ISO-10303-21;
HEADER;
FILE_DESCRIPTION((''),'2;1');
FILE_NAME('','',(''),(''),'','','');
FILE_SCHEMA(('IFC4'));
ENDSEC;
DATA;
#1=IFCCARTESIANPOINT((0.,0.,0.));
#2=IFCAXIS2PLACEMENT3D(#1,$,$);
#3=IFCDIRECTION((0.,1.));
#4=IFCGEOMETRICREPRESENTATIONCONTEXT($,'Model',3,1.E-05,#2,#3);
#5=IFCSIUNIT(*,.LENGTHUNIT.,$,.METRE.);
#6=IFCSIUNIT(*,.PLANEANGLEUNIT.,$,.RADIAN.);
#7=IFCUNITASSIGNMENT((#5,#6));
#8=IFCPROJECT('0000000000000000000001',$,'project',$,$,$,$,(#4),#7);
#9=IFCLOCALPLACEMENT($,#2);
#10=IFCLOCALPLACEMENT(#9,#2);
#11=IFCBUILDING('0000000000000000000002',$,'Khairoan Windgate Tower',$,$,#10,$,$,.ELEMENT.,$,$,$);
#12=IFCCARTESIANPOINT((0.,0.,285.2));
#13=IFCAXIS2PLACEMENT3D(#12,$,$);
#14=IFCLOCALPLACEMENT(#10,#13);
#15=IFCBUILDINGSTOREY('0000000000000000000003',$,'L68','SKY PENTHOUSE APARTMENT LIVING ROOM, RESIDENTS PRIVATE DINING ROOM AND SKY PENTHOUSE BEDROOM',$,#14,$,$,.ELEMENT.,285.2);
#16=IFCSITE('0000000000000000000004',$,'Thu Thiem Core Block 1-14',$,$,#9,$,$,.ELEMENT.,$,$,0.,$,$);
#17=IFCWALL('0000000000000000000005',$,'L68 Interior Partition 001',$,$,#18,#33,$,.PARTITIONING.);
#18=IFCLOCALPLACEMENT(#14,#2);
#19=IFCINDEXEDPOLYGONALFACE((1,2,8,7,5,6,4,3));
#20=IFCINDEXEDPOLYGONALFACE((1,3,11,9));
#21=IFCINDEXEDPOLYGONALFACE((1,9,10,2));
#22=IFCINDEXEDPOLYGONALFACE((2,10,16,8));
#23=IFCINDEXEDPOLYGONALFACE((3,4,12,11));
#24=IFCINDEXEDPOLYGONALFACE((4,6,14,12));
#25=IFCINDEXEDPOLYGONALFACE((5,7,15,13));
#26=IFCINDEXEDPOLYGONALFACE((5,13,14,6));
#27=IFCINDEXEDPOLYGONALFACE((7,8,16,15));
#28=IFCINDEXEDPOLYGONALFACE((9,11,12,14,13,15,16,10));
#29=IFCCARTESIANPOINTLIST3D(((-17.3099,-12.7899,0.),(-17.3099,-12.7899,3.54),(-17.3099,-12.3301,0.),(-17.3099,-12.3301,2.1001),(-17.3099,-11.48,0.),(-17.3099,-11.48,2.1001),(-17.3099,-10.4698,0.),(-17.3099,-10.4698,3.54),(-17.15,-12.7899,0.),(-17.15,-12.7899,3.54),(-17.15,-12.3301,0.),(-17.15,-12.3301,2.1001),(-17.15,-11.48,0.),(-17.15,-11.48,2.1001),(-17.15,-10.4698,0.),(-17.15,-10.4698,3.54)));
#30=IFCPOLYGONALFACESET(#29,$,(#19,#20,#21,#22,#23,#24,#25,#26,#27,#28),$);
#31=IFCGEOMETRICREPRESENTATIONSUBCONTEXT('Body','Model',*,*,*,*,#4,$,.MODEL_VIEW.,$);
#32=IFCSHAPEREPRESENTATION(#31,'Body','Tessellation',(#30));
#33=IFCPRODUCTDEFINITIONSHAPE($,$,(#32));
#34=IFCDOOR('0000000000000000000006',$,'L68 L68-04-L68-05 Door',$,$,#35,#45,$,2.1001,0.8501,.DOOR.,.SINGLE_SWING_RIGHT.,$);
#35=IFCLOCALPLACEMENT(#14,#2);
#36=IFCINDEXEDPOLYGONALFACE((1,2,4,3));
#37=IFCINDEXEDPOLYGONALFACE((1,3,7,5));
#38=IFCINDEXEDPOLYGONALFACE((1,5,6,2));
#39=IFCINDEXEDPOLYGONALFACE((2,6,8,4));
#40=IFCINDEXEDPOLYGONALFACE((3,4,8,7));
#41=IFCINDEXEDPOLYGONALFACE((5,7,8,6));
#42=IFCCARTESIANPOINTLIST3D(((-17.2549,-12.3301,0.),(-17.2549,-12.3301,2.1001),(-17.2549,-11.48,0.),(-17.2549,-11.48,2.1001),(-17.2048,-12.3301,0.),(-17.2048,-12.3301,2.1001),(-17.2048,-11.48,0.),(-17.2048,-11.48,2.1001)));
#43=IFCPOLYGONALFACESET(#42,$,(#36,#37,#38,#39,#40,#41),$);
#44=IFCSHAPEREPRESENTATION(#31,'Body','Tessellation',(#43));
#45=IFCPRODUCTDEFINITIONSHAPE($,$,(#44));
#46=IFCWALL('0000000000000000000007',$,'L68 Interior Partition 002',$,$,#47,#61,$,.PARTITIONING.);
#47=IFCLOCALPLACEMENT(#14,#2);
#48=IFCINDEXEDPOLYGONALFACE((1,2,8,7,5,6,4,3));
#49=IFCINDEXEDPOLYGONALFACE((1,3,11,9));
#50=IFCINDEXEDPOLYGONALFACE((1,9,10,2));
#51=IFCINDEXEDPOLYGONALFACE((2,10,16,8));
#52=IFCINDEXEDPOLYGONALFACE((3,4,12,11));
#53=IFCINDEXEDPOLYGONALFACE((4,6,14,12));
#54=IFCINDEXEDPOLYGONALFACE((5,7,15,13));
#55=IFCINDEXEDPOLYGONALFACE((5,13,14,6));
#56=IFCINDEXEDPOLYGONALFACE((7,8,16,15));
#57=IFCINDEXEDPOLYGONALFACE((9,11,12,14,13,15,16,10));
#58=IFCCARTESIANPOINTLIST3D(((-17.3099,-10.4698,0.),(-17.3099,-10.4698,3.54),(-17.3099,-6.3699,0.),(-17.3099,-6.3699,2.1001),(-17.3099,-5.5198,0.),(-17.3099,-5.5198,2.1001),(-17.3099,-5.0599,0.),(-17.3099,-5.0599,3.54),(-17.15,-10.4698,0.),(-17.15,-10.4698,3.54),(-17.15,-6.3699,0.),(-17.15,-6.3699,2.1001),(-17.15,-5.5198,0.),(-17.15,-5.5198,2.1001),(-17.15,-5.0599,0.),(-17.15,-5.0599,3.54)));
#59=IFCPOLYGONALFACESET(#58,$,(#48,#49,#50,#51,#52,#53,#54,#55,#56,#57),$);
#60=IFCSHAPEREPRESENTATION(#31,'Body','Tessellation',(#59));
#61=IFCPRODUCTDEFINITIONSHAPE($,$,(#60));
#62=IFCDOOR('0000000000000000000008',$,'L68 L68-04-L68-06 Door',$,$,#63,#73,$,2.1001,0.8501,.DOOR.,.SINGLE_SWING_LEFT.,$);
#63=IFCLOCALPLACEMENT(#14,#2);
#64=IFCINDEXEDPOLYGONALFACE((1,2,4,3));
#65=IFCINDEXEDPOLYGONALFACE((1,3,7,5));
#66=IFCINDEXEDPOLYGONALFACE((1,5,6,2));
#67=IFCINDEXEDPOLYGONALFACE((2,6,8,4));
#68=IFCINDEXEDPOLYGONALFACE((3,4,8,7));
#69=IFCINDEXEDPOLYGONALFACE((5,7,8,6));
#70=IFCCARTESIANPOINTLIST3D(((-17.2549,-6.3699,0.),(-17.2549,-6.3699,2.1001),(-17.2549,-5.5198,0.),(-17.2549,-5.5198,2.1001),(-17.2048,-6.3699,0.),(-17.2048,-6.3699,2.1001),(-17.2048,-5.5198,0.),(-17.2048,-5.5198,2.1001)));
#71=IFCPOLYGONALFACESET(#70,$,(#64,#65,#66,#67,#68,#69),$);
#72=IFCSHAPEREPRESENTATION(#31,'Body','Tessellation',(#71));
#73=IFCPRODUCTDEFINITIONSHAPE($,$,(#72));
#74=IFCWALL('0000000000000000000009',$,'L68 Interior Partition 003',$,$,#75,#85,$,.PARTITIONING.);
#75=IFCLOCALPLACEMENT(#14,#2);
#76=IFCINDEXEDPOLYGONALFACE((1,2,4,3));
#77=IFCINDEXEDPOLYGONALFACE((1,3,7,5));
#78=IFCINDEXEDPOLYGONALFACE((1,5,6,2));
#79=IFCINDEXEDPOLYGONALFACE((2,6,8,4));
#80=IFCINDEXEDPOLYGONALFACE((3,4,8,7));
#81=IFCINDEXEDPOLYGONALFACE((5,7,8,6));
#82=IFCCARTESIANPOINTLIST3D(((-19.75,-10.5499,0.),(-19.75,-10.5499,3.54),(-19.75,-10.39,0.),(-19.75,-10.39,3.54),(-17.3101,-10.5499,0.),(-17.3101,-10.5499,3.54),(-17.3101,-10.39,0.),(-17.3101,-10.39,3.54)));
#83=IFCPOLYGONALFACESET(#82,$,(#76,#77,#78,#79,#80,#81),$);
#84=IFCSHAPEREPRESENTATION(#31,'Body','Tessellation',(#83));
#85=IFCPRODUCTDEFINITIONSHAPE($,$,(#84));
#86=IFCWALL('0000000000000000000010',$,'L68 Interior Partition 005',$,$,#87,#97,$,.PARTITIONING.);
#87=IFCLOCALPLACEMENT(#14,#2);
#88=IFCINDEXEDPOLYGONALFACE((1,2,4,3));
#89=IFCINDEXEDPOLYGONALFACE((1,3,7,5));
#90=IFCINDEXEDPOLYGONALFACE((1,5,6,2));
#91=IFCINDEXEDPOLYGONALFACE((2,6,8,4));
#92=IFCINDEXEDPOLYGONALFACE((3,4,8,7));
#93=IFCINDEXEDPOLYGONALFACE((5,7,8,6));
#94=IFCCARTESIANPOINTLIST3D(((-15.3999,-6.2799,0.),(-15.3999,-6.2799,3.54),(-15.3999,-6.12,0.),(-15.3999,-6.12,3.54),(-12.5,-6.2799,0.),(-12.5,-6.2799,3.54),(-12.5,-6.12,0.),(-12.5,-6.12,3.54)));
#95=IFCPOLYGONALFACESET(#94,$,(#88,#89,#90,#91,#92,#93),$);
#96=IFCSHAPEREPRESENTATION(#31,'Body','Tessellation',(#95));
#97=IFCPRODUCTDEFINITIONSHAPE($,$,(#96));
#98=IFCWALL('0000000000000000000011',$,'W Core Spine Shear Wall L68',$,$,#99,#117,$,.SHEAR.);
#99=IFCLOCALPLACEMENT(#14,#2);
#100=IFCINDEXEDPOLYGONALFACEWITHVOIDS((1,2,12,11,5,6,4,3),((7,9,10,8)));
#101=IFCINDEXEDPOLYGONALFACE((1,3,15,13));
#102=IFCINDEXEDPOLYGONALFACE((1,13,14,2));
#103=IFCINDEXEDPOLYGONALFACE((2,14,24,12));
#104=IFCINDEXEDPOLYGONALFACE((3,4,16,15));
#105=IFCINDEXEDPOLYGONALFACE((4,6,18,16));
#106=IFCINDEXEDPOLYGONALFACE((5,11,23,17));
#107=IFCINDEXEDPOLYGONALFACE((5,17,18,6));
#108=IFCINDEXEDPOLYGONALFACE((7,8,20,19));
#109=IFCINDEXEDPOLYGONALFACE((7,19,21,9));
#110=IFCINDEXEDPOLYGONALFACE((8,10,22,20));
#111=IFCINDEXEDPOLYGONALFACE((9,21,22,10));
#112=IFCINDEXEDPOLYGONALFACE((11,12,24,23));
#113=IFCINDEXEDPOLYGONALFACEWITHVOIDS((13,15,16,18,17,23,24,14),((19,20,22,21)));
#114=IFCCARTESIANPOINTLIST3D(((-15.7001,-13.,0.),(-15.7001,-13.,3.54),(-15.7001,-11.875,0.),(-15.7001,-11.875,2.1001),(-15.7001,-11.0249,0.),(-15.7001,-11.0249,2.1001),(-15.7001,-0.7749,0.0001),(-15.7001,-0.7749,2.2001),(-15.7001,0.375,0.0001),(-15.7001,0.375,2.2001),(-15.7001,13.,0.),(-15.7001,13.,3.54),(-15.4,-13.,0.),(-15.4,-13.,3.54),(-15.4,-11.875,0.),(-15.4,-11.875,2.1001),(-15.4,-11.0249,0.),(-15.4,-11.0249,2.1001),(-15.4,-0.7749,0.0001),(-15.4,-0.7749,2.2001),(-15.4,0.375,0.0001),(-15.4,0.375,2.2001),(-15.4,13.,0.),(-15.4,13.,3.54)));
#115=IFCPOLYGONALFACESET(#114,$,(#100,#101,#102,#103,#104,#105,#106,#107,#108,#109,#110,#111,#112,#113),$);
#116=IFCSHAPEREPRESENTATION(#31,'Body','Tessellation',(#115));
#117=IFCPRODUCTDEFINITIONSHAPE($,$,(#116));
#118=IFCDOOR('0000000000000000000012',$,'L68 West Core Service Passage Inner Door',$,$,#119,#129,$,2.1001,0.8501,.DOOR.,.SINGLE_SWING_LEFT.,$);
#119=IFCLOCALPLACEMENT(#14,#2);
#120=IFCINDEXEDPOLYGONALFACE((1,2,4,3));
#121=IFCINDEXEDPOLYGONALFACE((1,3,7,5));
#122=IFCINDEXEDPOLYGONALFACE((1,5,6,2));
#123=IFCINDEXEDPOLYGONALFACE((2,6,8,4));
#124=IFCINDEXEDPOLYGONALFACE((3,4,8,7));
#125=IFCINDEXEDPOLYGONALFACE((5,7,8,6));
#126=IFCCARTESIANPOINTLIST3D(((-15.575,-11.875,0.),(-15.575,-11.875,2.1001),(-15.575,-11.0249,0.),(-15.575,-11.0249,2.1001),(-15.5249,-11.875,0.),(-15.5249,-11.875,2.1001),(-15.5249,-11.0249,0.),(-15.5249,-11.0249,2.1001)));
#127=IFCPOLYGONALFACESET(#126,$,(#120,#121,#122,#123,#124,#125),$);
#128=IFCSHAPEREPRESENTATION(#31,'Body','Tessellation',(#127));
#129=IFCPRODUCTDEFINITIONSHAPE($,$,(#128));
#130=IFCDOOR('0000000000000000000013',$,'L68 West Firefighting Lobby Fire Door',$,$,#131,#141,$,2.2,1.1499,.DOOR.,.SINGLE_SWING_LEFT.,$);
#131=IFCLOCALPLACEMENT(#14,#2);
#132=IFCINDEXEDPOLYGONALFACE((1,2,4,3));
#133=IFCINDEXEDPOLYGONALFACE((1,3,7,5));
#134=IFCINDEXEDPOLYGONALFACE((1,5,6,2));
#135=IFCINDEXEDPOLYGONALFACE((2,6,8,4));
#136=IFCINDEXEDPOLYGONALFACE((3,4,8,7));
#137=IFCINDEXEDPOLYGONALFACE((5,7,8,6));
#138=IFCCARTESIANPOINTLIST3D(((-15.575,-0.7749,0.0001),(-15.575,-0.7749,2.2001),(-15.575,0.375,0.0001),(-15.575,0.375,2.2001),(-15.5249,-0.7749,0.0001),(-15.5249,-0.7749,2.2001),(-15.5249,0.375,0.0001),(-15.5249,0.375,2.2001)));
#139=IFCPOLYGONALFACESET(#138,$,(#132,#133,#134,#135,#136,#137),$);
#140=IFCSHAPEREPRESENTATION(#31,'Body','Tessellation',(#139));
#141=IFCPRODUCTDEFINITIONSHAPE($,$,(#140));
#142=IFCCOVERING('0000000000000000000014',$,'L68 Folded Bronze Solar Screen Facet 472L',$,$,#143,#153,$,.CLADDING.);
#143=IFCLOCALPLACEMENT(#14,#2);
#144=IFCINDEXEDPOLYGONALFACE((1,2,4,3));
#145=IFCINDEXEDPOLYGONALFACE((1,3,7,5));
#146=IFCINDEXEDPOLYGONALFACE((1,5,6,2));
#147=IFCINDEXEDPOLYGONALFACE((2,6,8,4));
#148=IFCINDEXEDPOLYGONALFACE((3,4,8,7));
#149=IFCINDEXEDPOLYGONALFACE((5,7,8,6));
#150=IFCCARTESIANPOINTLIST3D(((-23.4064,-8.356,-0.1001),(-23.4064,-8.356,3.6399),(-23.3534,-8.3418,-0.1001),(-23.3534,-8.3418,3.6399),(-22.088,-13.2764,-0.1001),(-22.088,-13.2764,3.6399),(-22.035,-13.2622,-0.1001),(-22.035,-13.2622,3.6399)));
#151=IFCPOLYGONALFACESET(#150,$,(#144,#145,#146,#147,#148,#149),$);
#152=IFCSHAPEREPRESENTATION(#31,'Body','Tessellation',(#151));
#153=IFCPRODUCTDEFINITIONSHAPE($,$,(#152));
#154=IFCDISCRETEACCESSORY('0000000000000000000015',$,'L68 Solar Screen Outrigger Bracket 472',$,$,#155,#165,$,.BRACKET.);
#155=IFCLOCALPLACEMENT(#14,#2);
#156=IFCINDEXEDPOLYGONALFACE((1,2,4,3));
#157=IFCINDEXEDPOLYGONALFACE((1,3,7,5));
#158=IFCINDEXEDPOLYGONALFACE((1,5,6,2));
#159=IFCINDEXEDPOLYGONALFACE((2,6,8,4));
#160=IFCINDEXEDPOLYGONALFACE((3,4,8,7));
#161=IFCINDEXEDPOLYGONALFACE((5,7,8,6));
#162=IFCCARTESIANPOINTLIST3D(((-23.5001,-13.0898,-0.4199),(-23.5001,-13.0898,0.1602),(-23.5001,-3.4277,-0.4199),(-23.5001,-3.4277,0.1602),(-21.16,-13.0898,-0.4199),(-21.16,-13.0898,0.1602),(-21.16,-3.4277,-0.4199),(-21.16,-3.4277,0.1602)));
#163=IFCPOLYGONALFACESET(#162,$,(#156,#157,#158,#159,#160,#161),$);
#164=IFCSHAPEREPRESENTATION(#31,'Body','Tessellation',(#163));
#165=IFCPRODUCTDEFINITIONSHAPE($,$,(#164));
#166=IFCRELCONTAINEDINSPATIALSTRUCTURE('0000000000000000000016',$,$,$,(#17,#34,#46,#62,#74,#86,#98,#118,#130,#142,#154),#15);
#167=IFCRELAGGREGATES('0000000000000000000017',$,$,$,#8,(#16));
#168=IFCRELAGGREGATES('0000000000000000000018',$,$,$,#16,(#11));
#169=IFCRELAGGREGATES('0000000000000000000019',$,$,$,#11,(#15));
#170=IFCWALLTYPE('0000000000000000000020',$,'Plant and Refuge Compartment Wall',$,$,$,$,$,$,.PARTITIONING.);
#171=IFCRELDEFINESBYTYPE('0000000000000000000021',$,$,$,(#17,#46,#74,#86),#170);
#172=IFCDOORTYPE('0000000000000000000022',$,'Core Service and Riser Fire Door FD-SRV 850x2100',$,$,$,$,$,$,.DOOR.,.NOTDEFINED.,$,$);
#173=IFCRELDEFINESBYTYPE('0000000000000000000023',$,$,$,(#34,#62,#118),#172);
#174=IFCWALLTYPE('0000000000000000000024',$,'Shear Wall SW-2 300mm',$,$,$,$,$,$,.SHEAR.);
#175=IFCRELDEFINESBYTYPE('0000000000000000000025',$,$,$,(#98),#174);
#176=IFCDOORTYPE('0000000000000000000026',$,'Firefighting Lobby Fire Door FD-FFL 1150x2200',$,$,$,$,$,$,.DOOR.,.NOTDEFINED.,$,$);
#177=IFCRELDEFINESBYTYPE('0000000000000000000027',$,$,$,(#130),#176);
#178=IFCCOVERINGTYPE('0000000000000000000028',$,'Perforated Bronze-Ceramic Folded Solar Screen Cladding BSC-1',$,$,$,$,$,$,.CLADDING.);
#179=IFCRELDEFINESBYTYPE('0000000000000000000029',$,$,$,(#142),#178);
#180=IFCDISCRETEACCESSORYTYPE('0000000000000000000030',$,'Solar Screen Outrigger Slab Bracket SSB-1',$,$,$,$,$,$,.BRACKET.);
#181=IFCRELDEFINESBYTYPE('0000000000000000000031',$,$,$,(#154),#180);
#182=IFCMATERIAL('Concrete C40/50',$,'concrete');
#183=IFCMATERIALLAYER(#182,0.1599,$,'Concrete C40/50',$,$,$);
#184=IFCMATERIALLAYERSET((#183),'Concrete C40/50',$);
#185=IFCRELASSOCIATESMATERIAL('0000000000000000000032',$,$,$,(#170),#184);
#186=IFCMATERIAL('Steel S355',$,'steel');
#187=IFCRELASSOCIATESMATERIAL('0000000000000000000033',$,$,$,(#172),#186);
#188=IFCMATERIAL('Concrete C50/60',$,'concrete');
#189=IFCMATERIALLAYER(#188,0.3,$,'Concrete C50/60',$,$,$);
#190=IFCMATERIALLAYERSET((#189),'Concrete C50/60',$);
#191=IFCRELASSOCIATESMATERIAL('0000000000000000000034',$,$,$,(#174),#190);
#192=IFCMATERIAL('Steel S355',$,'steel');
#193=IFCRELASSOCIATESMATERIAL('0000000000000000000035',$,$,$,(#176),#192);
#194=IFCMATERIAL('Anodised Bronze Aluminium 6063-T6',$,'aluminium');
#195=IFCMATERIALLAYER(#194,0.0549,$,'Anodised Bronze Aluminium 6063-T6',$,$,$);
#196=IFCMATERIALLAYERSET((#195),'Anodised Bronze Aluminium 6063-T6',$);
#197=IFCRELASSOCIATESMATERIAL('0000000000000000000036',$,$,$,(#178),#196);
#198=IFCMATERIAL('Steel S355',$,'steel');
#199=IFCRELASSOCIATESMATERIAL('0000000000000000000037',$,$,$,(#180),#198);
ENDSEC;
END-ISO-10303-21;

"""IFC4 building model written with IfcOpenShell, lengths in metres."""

from ifc_helpers import new_model, si_unit, direction, frame, frame_2d, origin, origin_2d, place, context, subcontext, project, spatial, rectangle, extrude, material, layer, layer_set, type_object, element, fill, save


model = new_model("IFC4")

# Units and contexts
model_context = context("Model", 3, precision=1e-05, world=origin(), true_north=direction((0.0, 1.0)))
body_context = subcontext(model_context, "Body", "Model", "MODEL_VIEW")
ifc_project = project(units=[si_unit("LENGTHUNIT", "METRE"), si_unit("PLANEANGLEUNIT", "RADIAN")], contexts=[model_context])

# Site, building, storey
site_placement = place(None, origin())
site = spatial("IfcSite", under=ifc_project, at=site_placement, Name="Thu Thiem Core Block 1-14", CompositionType="ELEMENT", RefElevation=0.0)
building_placement = place(site_placement, origin())
building = spatial("IfcBuilding", under=site, at=building_placement, Name="Khairoan Windgate Tower", CompositionType="ELEMENT")
storey_placement = place(building_placement, frame((0.0, 0.0, 285.2)))
storey = spatial("IfcBuildingStorey", under=building, at=storey_placement, Name="L68", Description="SKY PENTHOUSE APARTMENT LIVING ROOM, RESIDENTS PRIVATE DINING ROOM AND SKY PENTHOUSE BEDROOM", CompositionType="ELEMENT", Elevation=285.2)

# Walls, openings, doors
ifc_material_1 = material(Name="Concrete C40/50", Category="concrete")
ifc_layer_1 = layer(ifc_material_1, 0.1599, Name="Concrete C40/50")
ifc_layer_set_1 = layer_set([ifc_layer_1], Name="Concrete C40/50")
wall_type_1 = type_object("IfcWallType", Name="Plant and Refuge Compartment Wall", PredefinedType="PARTITIONING", material=ifc_layer_set_1)
wall_1_placement = place(storey_placement, frame((-17.23, -12.79, 0.0), z_axis=(0.0, 0.0, 1.0), x_axis=(0.0, 1.0, 0.0)))
wall_1 = element("IfcWall", 1, at=wall_1_placement, inside=storey, type_object=wall_type_1, Name="L68 Interior Partition 001", PredefinedType="PARTITIONING", context=body_context, shape_type="SweptSolid", body=[
    extrude(rectangle(XDim=2.3201, YDim=0.1599, at=frame_2d((1.1602, 0.0))), origin(), (0.0, 0.0, 1.0), 3.54),
])
opening_1_placement = place(wall_1_placement, frame((0.46, 0.0, 0.0)))
opening_1 = element("IfcOpeningElement", 2, at=opening_1_placement, cuts=wall_1, PredefinedType="OPENING", context=body_context, shape_type="SweptSolid", body=[
    extrude(rectangle(XDim=0.8501, YDim=2.1001, at=frame_2d((0.425, 1.05))), frame((0.0, 0.0898, 0.0), z_axis=(0.0, -1.0, 0.0), x_axis=(1.0, 0.0, 0.0)), (0.0, 0.0, 1.0), 0.1799),
])
ifc_material_2 = material(Name="Steel S355", Category="steel")
door_type_1 = type_object("IfcDoorType", Name="Core Service and Riser Fire Door FD-SRV 850x2100", OperationType="NOTDEFINED", PredefinedType="DOOR", material=ifc_material_2)
door_1_placement = place(opening_1_placement, origin())
door_1 = element("IfcDoor", 3, at=door_1_placement, inside=storey, type_object=door_type_1, Name="L68 L68-04-L68-05 Door", OperationType="SINGLE_SWING_RIGHT", OverallHeight=2.1001, OverallWidth=0.8501, PredefinedType="DOOR", context=body_context, shape_type="SweptSolid", body=[
    extrude(rectangle(XDim=0.8501, YDim=2.1001, at=frame_2d((0.425, 1.05))), frame((0.0, 0.0249, 0.0), z_axis=(0.0, -1.0, 0.0), x_axis=(1.0, 0.0, 0.0)), (0.0, 0.0, 1.0), 0.05),
])
fill(opening_1, door_1)
wall_2_placement = place(storey_placement, frame((-17.23, -10.47, 0.0), z_axis=(0.0, 0.0, 1.0), x_axis=(0.0, 1.0, 0.0)))
wall_2 = element("IfcWall", 4, at=wall_2_placement, inside=storey, type_object=wall_type_1, Name="L68 Interior Partition 002", PredefinedType="PARTITIONING", context=body_context, shape_type="SweptSolid", body=[
    extrude(rectangle(XDim=5.4099, YDim=0.1599, at=frame_2d((2.7051, 0.0))), origin(), (0.0, 0.0, 1.0), 3.54),
])
opening_2_placement = place(wall_2_placement, frame((4.1001, 0.0, 0.0)))
opening_2 = element("IfcOpeningElement", 5, at=opening_2_placement, cuts=wall_2, PredefinedType="OPENING", context=body_context, shape_type="SweptSolid", body=[
    extrude(rectangle(XDim=0.8501, YDim=2.1001, at=frame_2d((0.425, 1.05))), frame((0.0, 0.0898, 0.0), z_axis=(0.0, -1.0, 0.0), x_axis=(1.0, 0.0, 0.0)), (0.0, 0.0, 1.0), 0.1799),
])
door_2_placement = place(opening_2_placement, origin())
door_2 = element("IfcDoor", 6, at=door_2_placement, inside=storey, type_object=door_type_1, Name="L68 L68-04-L68-06 Door", OperationType="SINGLE_SWING_LEFT", OverallHeight=2.1001, OverallWidth=0.8501, PredefinedType="DOOR", context=body_context, shape_type="SweptSolid", body=[
    extrude(rectangle(XDim=0.8501, YDim=2.1001, at=frame_2d((0.425, 1.05))), frame((0.0, 0.0249, 0.0), z_axis=(0.0, -1.0, 0.0), x_axis=(1.0, 0.0, 0.0)), (0.0, 0.0, 1.0), 0.05),
])
fill(opening_2, door_2)

# Walls
wall_3_placement = place(storey_placement, frame((-19.75, -10.47, 0.0), z_axis=(0.0, 0.0, 1.0), x_axis=(1.0, 0.0, 0.0)))
element("IfcWall", 7, at=wall_3_placement, inside=storey, type_object=wall_type_1, Name="L68 Interior Partition 003", PredefinedType="PARTITIONING", context=body_context, shape_type="SweptSolid", body=[
    extrude(rectangle(XDim=2.4399, YDim=0.1599, at=frame_2d((1.22, 0.0))), origin(), (0.0, 0.0, 1.0), 3.54),
])
wall_4_placement = place(storey_placement, frame((-15.3999, -6.2, 0.0), z_axis=(0.0, 0.0, 1.0), x_axis=(1.0, 0.0, 0.0)))
element("IfcWall", 8, at=wall_4_placement, inside=storey, type_object=wall_type_1, Name="L68 Interior Partition 005", PredefinedType="PARTITIONING", context=body_context, shape_type="SweptSolid", body=[
    extrude(rectangle(XDim=2.8999, YDim=0.1599, at=frame_2d((1.45, 0.0))), origin(), (0.0, 0.0, 1.0), 3.54),
])

# Wall, openings, doors
ifc_material_3 = material(Name="Concrete C50/60", Category="concrete")
ifc_layer_2 = layer(ifc_material_3, 0.3, Name="Concrete C50/60")
ifc_layer_set_2 = layer_set([ifc_layer_2], Name="Concrete C50/60")
wall_type_2 = type_object("IfcWallType", Name="Shear Wall SW-2 300mm", PredefinedType="SHEAR", material=ifc_layer_set_2)
wall_5_placement = place(storey_placement, frame((-15.55, -13.0, 0.0), z_axis=(0.0, 0.0, 1.0), x_axis=(0.0, 1.0, 0.0)))
wall_5 = element("IfcWall", 9, at=wall_5_placement, inside=storey, type_object=wall_type_2, Name="W Core Spine Shear Wall L68", PredefinedType="SHEAR", context=body_context, shape_type="SweptSolid", body=[
    extrude(rectangle(XDim=26.0, YDim=0.3, at=frame_2d((13.0, 0.0))), origin(), (0.0, 0.0, 1.0), 3.54),
])
opening_3_placement = place(wall_5_placement, frame((12.2251, 0.0, 0.0)))
opening_3 = element("IfcOpeningElement", 10, at=opening_3_placement, cuts=wall_5, PredefinedType="OPENING", context=body_context, shape_type="SweptSolid", body=[
    extrude(rectangle(XDim=1.1499, YDim=2.2, at=frame_2d((0.575, 1.1001))), frame((0.0, 0.1599, 0.0), z_axis=(0.0, -1.0, 0.0), x_axis=(1.0, 0.0, 0.0)), (0.0, 0.0, 1.0), 0.3201),
])
opening_4_placement = place(wall_5_placement, frame((1.125, 0.0, 0.0)))
opening_4 = element("IfcOpeningElement", 11, at=opening_4_placement, cuts=wall_5, PredefinedType="OPENING", context=body_context, shape_type="SweptSolid", body=[
    extrude(rectangle(XDim=0.8501, YDim=2.1001, at=frame_2d((0.425, 1.05))), frame((0.0, 0.1599, 0.0), z_axis=(0.0, -1.0, 0.0), x_axis=(1.0, 0.0, 0.0)), (0.0, 0.0, 1.0), 0.3201),
])
door_3_placement = place(opening_4_placement, origin())
door_3 = element("IfcDoor", 12, at=door_3_placement, inside=storey, type_object=door_type_1, Name="L68 West Core Service Passage Inner Door", OperationType="SINGLE_SWING_LEFT", OverallHeight=2.1001, OverallWidth=0.8501, PredefinedType="DOOR", context=body_context, shape_type="SweptSolid", body=[
    extrude(rectangle(XDim=0.8501, YDim=2.1001, at=frame_2d((0.425, 1.05))), frame((0.0, 0.0249, 0.0), z_axis=(0.0, -1.0, 0.0), x_axis=(1.0, 0.0, 0.0)), (0.0, 0.0, 1.0), 0.05),
])
fill(opening_4, door_3)
ifc_material_4 = material(Name="Steel S355", Category="steel")
door_type_2 = type_object("IfcDoorType", Name="Firefighting Lobby Fire Door FD-FFL 1150x2200", OperationType="NOTDEFINED", PredefinedType="DOOR", material=ifc_material_4)
door_4_placement = place(opening_3_placement, origin())
door_4 = element("IfcDoor", 13, at=door_4_placement, inside=storey, type_object=door_type_2, Name="L68 West Firefighting Lobby Fire Door", OperationType="SINGLE_SWING_LEFT", OverallHeight=2.2, OverallWidth=1.1499, PredefinedType="DOOR", context=body_context, shape_type="SweptSolid", body=[
    extrude(rectangle(XDim=1.1499, YDim=2.2, at=frame_2d((0.575, 1.1001))), frame((0.0, 0.0249, 0.0), z_axis=(0.0, -1.0, 0.0), x_axis=(1.0, 0.0, 0.0)), (0.0, 0.0, 1.0), 0.05),
])
fill(opening_3, door_4)

# Covering
ifc_material_5 = material(Name="Anodised Bronze Aluminium 6063-T6", Category="aluminium")
ifc_layer_3 = layer(ifc_material_5, 0.0549, Name="Anodised Bronze Aluminium 6063-T6")
ifc_layer_set_3 = layer_set([ifc_layer_3], Name="Anodised Bronze Aluminium 6063-T6")
covering_type = type_object("IfcCoveringType", Name="Perforated Bronze-Ceramic Folded Solar Screen Cladding BSC-1", PredefinedType="CLADDING", material=ifc_layer_set_3)
covering_placement = place(storey_placement, frame((-22.7207, -10.8091, -0.1001), z_axis=(0.0, 0.0, 1.0), x_axis=(-0.258819, 0.965926, 0.0)))
element("IfcCovering", 14, at=covering_placement, inside=storey, type_object=covering_type, Name="L68 Folded Bronze Solar Screen Facet 472L", PredefinedType="CLADDING", context=body_context, shape_type="SweptSolid", body=[
    extrude(rectangle(XDim=5.094, YDim=0.0549, at=origin_2d()), origin(), (0.0, 0.0, 1.0), 3.74),
])

# Discrete accessory
ifc_material_6 = material(Name="Steel S355", Category="steel")
discrete_accessory_type = type_object("IfcDiscreteAccessoryType", Name="Solar Screen Outrigger Slab Bracket SSB-1", PredefinedType="BRACKET", material=ifc_material_6)
discrete_accessory_placement = place(storey_placement, frame((-22.3301, -8.2588, -0.4199), z_axis=(0.0, 0.0, 1.0), x_axis=(0.0, 1.0, 0.0)))
element("IfcDiscreteAccessory", 15, at=discrete_accessory_placement, inside=storey, type_object=discrete_accessory_type, Name="L68 Solar Screen Outrigger Bracket 472", PredefinedType="BRACKET", context=body_context, shape_type="SweptSolid", body=[
    extrude(rectangle(XDim=9.6621, YDim=2.3401, at=origin_2d()), origin(), (0.0, 0.0, 1.0), 0.5801),
])

save(model, "model.ifc")
